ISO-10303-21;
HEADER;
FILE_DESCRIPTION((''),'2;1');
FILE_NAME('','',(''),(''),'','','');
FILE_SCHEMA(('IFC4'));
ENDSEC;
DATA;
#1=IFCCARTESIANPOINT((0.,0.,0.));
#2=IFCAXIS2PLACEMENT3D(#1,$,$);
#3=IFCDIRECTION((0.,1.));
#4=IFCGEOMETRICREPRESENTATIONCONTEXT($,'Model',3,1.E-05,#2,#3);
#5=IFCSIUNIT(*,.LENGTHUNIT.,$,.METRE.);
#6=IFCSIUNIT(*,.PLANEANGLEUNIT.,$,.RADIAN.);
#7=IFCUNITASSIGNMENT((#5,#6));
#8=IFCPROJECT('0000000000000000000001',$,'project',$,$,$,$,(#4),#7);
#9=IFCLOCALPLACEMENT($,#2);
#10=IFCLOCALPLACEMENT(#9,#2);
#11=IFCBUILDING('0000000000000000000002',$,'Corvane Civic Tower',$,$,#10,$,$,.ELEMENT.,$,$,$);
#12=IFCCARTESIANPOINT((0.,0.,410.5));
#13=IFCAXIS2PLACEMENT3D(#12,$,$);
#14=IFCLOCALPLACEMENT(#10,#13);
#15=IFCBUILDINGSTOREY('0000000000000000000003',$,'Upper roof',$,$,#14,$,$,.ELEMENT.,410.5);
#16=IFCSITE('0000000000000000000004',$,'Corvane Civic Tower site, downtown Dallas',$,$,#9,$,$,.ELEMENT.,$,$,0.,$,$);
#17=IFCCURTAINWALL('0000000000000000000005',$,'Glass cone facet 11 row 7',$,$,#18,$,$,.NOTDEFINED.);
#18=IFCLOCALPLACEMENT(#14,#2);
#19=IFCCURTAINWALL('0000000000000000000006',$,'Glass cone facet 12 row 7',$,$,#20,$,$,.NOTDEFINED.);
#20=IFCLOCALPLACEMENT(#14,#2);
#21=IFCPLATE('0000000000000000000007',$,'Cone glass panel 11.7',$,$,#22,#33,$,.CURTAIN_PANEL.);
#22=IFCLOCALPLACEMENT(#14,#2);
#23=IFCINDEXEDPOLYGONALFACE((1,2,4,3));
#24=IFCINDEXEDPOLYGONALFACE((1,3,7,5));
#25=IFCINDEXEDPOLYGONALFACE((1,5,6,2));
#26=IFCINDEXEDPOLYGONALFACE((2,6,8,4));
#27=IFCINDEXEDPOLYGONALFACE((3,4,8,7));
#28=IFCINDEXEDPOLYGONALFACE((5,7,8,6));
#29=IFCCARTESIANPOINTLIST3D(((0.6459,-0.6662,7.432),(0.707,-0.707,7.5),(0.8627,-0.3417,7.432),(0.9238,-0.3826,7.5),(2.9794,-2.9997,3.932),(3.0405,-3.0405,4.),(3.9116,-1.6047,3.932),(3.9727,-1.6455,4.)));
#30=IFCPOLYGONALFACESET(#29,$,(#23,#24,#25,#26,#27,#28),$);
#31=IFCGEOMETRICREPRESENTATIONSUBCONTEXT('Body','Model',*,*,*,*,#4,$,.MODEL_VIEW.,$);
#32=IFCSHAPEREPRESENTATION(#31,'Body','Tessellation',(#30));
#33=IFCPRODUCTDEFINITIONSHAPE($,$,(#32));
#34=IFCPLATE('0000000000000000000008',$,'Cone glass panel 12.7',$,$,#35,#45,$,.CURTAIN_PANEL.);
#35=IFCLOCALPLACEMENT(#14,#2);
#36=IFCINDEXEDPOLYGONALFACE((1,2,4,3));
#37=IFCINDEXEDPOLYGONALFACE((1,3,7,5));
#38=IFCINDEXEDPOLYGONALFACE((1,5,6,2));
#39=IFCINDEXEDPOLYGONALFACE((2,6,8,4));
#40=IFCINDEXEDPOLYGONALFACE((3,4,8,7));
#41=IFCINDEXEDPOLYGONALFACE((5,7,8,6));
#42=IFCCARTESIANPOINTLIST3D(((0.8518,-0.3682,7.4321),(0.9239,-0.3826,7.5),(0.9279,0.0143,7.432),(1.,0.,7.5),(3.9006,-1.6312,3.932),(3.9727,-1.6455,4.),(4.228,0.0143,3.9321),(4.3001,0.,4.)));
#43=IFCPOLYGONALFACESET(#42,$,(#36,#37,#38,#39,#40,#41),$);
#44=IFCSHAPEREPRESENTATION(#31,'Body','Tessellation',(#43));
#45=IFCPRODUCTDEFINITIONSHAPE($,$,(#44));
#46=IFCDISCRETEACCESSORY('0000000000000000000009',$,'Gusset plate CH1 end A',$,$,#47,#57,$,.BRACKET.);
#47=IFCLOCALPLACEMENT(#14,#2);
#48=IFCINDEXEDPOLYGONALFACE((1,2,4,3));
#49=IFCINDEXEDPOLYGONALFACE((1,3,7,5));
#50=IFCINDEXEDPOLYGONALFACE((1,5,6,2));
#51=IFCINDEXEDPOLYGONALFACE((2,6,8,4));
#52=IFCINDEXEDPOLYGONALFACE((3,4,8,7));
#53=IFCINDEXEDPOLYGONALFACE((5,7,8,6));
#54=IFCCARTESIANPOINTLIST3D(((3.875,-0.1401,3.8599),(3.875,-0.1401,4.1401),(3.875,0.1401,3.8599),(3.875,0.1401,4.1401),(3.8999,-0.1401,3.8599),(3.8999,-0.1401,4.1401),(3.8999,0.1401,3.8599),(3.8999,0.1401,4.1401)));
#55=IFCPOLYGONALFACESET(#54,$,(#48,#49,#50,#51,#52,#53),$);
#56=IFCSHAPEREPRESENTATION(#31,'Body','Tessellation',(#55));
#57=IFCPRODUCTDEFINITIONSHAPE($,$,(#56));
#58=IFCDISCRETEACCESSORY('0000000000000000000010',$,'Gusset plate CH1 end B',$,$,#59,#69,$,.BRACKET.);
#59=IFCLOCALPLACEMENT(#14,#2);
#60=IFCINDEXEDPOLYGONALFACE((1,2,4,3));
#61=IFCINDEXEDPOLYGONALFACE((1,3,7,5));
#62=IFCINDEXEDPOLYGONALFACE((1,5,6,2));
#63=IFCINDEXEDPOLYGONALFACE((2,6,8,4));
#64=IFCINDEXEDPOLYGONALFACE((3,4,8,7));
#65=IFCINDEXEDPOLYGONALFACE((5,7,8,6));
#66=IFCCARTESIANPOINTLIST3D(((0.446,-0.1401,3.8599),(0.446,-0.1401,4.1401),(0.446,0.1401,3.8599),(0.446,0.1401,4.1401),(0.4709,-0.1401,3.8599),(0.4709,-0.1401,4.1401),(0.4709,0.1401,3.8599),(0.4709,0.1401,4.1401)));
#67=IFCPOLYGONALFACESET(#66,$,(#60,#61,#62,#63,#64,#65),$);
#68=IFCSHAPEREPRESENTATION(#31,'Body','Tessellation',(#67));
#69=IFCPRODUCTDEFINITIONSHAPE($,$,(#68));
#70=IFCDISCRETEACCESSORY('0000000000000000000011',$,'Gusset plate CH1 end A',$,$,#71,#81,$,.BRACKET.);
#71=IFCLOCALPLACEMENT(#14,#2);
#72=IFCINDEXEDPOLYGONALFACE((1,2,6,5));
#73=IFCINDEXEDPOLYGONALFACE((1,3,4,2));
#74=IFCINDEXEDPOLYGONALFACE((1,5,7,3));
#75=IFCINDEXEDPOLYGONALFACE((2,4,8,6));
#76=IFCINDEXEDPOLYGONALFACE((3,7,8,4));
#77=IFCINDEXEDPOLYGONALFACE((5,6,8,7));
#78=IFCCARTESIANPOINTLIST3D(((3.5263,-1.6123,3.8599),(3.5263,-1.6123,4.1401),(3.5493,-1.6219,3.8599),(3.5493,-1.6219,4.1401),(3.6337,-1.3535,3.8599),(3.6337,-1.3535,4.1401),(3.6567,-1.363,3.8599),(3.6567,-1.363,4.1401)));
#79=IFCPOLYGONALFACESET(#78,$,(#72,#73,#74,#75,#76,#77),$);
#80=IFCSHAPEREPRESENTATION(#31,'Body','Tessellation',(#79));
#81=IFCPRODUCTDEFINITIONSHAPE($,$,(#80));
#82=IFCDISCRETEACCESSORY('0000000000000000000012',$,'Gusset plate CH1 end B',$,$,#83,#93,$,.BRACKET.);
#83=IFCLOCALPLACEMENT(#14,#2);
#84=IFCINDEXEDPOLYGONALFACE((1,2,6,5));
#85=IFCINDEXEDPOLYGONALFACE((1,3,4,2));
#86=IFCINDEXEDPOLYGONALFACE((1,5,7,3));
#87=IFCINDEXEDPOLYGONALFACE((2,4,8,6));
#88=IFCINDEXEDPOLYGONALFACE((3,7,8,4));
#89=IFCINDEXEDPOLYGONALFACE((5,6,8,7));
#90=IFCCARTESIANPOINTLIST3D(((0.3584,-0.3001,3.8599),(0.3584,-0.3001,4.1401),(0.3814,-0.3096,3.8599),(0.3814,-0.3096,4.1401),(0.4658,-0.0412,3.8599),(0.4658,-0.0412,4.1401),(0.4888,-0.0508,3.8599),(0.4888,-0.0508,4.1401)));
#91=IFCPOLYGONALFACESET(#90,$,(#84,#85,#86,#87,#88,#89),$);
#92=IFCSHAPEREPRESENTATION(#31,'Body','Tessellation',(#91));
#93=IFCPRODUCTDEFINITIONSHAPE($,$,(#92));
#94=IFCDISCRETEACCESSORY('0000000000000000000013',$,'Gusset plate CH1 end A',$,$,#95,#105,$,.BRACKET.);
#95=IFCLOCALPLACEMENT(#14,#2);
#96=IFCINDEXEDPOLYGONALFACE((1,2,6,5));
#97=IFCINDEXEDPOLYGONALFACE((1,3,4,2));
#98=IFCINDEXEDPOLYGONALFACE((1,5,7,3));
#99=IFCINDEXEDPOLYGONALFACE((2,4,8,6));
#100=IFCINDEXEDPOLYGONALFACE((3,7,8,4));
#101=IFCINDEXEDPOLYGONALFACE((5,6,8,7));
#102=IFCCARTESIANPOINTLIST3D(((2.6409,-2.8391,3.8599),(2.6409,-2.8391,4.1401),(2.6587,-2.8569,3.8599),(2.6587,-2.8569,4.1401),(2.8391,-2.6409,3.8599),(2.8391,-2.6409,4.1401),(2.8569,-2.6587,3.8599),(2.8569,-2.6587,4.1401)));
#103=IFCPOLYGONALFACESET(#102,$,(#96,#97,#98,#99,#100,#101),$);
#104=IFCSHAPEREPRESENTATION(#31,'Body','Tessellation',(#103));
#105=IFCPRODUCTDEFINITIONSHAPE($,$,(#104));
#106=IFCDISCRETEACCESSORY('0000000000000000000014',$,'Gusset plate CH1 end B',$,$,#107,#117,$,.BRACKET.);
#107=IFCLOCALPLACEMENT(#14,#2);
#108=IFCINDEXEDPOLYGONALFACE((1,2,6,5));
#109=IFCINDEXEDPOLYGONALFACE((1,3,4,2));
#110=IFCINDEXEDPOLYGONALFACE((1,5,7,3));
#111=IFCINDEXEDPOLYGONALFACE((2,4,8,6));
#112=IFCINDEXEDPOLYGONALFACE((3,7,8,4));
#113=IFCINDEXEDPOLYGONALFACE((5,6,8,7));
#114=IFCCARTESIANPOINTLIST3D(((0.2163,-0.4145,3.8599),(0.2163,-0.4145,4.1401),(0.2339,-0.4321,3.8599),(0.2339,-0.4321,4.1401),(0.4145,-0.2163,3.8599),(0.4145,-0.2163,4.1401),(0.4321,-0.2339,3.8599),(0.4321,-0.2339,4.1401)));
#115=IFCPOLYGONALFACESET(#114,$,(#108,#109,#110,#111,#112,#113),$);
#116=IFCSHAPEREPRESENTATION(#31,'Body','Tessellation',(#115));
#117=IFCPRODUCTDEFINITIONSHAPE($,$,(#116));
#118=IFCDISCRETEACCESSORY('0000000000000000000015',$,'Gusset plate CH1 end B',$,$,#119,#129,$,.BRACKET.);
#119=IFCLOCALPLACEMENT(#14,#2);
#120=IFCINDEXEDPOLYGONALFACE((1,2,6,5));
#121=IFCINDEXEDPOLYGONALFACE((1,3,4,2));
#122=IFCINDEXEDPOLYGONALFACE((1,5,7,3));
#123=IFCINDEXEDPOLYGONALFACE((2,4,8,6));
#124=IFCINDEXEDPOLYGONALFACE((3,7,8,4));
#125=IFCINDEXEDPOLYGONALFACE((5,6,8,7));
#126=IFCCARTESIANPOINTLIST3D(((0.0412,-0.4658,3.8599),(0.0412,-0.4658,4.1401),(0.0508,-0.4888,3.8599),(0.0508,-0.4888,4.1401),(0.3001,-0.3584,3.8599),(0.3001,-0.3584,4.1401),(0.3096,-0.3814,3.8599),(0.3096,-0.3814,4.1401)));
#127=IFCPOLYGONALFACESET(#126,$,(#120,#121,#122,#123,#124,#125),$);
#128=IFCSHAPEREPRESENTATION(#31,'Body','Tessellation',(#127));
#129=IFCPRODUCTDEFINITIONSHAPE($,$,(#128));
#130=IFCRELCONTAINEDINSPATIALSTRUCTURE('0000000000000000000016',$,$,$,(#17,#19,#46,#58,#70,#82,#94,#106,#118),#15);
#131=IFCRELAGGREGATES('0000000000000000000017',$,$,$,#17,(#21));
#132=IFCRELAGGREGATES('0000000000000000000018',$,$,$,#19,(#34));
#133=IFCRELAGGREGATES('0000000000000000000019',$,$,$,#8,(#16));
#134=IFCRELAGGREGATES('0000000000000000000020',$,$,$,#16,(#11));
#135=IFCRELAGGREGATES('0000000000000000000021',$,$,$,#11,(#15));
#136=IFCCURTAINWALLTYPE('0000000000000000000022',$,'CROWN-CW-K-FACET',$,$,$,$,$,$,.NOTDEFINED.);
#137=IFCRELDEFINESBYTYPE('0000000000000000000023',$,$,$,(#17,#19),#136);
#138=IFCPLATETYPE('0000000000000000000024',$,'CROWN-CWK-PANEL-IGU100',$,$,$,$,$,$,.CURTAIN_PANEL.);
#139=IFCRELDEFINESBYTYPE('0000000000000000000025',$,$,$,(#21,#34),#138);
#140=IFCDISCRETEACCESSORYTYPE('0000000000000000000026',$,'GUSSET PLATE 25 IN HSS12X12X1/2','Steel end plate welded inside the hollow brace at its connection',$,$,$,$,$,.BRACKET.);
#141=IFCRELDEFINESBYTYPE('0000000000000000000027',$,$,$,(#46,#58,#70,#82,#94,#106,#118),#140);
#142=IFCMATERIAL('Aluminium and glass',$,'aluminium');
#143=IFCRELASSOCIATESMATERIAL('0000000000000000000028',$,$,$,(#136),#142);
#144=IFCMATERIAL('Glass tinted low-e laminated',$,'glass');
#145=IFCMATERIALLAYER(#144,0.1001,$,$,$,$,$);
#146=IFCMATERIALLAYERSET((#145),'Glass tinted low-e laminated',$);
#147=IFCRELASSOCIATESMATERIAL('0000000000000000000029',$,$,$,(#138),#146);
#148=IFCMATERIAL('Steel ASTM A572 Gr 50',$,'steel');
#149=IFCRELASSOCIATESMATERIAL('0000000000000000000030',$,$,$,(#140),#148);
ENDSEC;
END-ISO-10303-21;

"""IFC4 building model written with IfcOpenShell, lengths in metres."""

from ifc_helpers import new_model, si_unit, direction, frame, origin, origin_2d, place, context, subcontext, project, spatial, polyline, rectangle, outline, extrude, material, layer, layer_set, material_profile, profile_set, type_object, element, aggregate, save


model = new_model("IFC4")

# Units and contexts
model_context = context("Model", 3, precision=1e-05, world=origin(), true_north=direction((0.0, 1.0)))
body_context = subcontext(model_context, "Body", "Model", "MODEL_VIEW")
ifc_project = project(units=[si_unit("LENGTHUNIT", "METRE"), si_unit("PLANEANGLEUNIT", "RADIAN")], contexts=[model_context])

# Site, building, storey
site_placement = place(None, origin())
site = spatial("IfcSite", under=ifc_project, at=site_placement, Name="Corvane Civic Tower site, downtown Dallas", CompositionType="ELEMENT", RefElevation=0.0)
building_placement = place(site_placement, origin())
building = spatial("IfcBuilding", under=site, at=building_placement, Name="Corvane Civic Tower", CompositionType="ELEMENT")
storey_placement = place(building_placement, frame((0.0, 0.0, 410.5)))
storey = spatial("IfcBuildingStorey", under=building, at=storey_placement, Name="Upper roof", CompositionType="ELEMENT", Elevation=410.5)

# Curtain walls
ifc_material_1 = material(Name="Aluminium and glass", Category="aluminium")
curtain_wall_type = type_object("IfcCurtainWallType", Name="CROWN-CW-K-FACET", PredefinedType="NOTDEFINED", material=ifc_material_1)
curtain_wall_1_placement = place(storey_placement, origin())
curtain_wall_1 = element("IfcCurtainWall", 1, at=curtain_wall_1_placement, inside=storey, type_object=curtain_wall_type, Name="Glass cone facet 11 row 7", PredefinedType="NOTDEFINED")
curtain_wall_2_placement = place(storey_placement, origin())
curtain_wall_2 = element("IfcCurtainWall", 2, at=curtain_wall_2_placement, inside=storey, type_object=curtain_wall_type, Name="Glass cone facet 12 row 7", PredefinedType="NOTDEFINED")

# Plates
ifc_material_2 = material(Name="Glass tinted low-e laminated", Category="glass")
ifc_layer_1 = layer(ifc_material_2, 0.1001)
ifc_layer_set_1 = layer_set([ifc_layer_1], Name="Glass tinted low-e laminated")
plate_type_1 = type_object("IfcPlateType", Name="CROWN-CWK-PANEL-IGU100", PredefinedType="CURTAIN_PANEL", material=ifc_layer_set_1)
plate_1_placement = place(storey_placement, frame((3.0405, -3.0405, 4.0), z_axis=(0.610454, -0.407894, 0.678947), x_axis=(0.555572, 0.831468, -0.000001)))
plate_1 = element("IfcPlate", 3, at=plate_1_placement, type_object=plate_type_1, Name="Cone glass panel 11.7", PredefinedType="CURTAIN_PANEL", context=body_context, shape_type="SweptSolid", body=[
    extrude(outline(polyline([(0.0, 0.0), (1.6778, 0.0), (1.034, 4.7672), (0.6438, 4.7672), (0.0, 0.0)])), origin(), (0.0, 0.0, -1.0), 0.1001),
])
aggregate(curtain_wall_1, [plate_1])
plate_2_placement = place(storey_placement, frame((3.9727, -1.6455, 4.0), z_axis=(0.720072, -0.143286, 0.678944), x_axis=(0.195151, 0.980773, 0.000013)))
plate_2 = element("IfcPlate", 4, at=plate_2_placement, type_object=plate_type_1, Name="Cone glass panel 12.7", PredefinedType="CURTAIN_PANEL", context=body_context, shape_type="SweptSolid", body=[
    extrude(outline(polyline([(0.0, 0.0), (1.6778, 0.0), (1.0338, 4.7671), (0.6437, 4.7672), (0.0, 0.0)])), origin(), (0.0, 0.0, -1.0), 0.1001),
])
aggregate(curtain_wall_2, [plate_2])

# Discrete accessories
ifc_material_3 = material(Name="Steel ASTM A572 Gr 50", Category="steel")
ifc_material_profile_1 = material_profile(ifc_material_3, rectangle(XDim=0.2803, YDim=0.2803, at=origin_2d()), Name="GUSSET PLATE 25 IN HSS12X12X1/2")
ifc_profile_set_1 = profile_set([ifc_material_profile_1], Name="Steel ASTM A572 Gr 50")
discrete_accessory_type = type_object("IfcDiscreteAccessoryType", Name="GUSSET PLATE 25 IN HSS12X12X1/2", Description="Steel end plate welded inside the hollow brace at its connection", PredefinedType="BRACKET", material=ifc_profile_set_1)
for number, where, z_axis, x_axis, name in (
    (5, (3.8999, 0.0, 4.0), (-1.0, 0.0, 0.0), (0.0, -1.0, 0.0), "Gusset plate CH1 end A"),
    (6, (0.446, 0.0, 4.0), (1.0, 0.0, 0.0), (0.0, 1.0, 0.0), "Gusset plate CH1 end B"),
    (7, (3.603, -1.4924, 4.0), (-0.923657, 0.38322, 0.0), (-0.38322, -0.923657, 0.0), "Gusset plate CH1 end A"),
    (8, (0.4121, -0.1707, 4.0), (0.923657, -0.38322, 0.0), (0.38322, 0.923657, 0.0), "Gusset plate CH1 end B"),
):
    element("IfcDiscreteAccessory", number, at=place(storey_placement, frame(where, z_axis=z_axis, x_axis=x_axis)), inside=storey, type_object=discrete_accessory_type, Name=name, PredefinedType="BRACKET", context=body_context, shape_type="SweptSolid", body=[
        extrude(rectangle(XDim=0.2803, YDim=0.2803, at=origin_2d()), origin(), (0.0, 0.0, 1.0), 0.0249),
    ])
discrete_accessory_placement = place(storey_placement, frame((2.7578, -2.7578, 4.0), z_axis=(-0.707107, 0.707107, 0.0), x_axis=(-0.707107, -0.707107, 0.0)))
element("IfcDiscreteAccessory", 9, at=discrete_accessory_placement, inside=storey, type_object=discrete_accessory_type, Name="Gusset plate CH1 end A", PredefinedType="BRACKET", context=body_context, shape_type="SweptSolid", body=[
    extrude(rectangle(XDim=0.2803, YDim=0.2803, at=origin_2d()), origin(), (0.0, 0.0, 1.0), 0.0251),
])
for number, where, z_axis, x_axis, name in (
    (10, (0.3154, -0.3154, 4.0), (0.707107, -0.707107, 0.0), (0.707107, 0.707107, 0.0), "Gusset plate CH1 end B"),
    (11, (0.1707, -0.4121, 4.0), (0.38322, -0.923657, 0.0), (0.923657, 0.38322, 0.0), "Gusset plate CH1 end B"),
):
    element("IfcDiscreteAccessory", number, at=place(storey_placement, frame(where, z_axis=z_axis, x_axis=x_axis)), inside=storey, type_object=discrete_accessory_type, Name=name, PredefinedType="BRACKET", context=body_context, shape_type="SweptSolid", body=[
        extrude(rectangle(XDim=0.2803, YDim=0.2803, at=origin_2d()), origin(), (0.0, 0.0, 1.0), 0.0249),
    ])

save(model, "model.ifc")
